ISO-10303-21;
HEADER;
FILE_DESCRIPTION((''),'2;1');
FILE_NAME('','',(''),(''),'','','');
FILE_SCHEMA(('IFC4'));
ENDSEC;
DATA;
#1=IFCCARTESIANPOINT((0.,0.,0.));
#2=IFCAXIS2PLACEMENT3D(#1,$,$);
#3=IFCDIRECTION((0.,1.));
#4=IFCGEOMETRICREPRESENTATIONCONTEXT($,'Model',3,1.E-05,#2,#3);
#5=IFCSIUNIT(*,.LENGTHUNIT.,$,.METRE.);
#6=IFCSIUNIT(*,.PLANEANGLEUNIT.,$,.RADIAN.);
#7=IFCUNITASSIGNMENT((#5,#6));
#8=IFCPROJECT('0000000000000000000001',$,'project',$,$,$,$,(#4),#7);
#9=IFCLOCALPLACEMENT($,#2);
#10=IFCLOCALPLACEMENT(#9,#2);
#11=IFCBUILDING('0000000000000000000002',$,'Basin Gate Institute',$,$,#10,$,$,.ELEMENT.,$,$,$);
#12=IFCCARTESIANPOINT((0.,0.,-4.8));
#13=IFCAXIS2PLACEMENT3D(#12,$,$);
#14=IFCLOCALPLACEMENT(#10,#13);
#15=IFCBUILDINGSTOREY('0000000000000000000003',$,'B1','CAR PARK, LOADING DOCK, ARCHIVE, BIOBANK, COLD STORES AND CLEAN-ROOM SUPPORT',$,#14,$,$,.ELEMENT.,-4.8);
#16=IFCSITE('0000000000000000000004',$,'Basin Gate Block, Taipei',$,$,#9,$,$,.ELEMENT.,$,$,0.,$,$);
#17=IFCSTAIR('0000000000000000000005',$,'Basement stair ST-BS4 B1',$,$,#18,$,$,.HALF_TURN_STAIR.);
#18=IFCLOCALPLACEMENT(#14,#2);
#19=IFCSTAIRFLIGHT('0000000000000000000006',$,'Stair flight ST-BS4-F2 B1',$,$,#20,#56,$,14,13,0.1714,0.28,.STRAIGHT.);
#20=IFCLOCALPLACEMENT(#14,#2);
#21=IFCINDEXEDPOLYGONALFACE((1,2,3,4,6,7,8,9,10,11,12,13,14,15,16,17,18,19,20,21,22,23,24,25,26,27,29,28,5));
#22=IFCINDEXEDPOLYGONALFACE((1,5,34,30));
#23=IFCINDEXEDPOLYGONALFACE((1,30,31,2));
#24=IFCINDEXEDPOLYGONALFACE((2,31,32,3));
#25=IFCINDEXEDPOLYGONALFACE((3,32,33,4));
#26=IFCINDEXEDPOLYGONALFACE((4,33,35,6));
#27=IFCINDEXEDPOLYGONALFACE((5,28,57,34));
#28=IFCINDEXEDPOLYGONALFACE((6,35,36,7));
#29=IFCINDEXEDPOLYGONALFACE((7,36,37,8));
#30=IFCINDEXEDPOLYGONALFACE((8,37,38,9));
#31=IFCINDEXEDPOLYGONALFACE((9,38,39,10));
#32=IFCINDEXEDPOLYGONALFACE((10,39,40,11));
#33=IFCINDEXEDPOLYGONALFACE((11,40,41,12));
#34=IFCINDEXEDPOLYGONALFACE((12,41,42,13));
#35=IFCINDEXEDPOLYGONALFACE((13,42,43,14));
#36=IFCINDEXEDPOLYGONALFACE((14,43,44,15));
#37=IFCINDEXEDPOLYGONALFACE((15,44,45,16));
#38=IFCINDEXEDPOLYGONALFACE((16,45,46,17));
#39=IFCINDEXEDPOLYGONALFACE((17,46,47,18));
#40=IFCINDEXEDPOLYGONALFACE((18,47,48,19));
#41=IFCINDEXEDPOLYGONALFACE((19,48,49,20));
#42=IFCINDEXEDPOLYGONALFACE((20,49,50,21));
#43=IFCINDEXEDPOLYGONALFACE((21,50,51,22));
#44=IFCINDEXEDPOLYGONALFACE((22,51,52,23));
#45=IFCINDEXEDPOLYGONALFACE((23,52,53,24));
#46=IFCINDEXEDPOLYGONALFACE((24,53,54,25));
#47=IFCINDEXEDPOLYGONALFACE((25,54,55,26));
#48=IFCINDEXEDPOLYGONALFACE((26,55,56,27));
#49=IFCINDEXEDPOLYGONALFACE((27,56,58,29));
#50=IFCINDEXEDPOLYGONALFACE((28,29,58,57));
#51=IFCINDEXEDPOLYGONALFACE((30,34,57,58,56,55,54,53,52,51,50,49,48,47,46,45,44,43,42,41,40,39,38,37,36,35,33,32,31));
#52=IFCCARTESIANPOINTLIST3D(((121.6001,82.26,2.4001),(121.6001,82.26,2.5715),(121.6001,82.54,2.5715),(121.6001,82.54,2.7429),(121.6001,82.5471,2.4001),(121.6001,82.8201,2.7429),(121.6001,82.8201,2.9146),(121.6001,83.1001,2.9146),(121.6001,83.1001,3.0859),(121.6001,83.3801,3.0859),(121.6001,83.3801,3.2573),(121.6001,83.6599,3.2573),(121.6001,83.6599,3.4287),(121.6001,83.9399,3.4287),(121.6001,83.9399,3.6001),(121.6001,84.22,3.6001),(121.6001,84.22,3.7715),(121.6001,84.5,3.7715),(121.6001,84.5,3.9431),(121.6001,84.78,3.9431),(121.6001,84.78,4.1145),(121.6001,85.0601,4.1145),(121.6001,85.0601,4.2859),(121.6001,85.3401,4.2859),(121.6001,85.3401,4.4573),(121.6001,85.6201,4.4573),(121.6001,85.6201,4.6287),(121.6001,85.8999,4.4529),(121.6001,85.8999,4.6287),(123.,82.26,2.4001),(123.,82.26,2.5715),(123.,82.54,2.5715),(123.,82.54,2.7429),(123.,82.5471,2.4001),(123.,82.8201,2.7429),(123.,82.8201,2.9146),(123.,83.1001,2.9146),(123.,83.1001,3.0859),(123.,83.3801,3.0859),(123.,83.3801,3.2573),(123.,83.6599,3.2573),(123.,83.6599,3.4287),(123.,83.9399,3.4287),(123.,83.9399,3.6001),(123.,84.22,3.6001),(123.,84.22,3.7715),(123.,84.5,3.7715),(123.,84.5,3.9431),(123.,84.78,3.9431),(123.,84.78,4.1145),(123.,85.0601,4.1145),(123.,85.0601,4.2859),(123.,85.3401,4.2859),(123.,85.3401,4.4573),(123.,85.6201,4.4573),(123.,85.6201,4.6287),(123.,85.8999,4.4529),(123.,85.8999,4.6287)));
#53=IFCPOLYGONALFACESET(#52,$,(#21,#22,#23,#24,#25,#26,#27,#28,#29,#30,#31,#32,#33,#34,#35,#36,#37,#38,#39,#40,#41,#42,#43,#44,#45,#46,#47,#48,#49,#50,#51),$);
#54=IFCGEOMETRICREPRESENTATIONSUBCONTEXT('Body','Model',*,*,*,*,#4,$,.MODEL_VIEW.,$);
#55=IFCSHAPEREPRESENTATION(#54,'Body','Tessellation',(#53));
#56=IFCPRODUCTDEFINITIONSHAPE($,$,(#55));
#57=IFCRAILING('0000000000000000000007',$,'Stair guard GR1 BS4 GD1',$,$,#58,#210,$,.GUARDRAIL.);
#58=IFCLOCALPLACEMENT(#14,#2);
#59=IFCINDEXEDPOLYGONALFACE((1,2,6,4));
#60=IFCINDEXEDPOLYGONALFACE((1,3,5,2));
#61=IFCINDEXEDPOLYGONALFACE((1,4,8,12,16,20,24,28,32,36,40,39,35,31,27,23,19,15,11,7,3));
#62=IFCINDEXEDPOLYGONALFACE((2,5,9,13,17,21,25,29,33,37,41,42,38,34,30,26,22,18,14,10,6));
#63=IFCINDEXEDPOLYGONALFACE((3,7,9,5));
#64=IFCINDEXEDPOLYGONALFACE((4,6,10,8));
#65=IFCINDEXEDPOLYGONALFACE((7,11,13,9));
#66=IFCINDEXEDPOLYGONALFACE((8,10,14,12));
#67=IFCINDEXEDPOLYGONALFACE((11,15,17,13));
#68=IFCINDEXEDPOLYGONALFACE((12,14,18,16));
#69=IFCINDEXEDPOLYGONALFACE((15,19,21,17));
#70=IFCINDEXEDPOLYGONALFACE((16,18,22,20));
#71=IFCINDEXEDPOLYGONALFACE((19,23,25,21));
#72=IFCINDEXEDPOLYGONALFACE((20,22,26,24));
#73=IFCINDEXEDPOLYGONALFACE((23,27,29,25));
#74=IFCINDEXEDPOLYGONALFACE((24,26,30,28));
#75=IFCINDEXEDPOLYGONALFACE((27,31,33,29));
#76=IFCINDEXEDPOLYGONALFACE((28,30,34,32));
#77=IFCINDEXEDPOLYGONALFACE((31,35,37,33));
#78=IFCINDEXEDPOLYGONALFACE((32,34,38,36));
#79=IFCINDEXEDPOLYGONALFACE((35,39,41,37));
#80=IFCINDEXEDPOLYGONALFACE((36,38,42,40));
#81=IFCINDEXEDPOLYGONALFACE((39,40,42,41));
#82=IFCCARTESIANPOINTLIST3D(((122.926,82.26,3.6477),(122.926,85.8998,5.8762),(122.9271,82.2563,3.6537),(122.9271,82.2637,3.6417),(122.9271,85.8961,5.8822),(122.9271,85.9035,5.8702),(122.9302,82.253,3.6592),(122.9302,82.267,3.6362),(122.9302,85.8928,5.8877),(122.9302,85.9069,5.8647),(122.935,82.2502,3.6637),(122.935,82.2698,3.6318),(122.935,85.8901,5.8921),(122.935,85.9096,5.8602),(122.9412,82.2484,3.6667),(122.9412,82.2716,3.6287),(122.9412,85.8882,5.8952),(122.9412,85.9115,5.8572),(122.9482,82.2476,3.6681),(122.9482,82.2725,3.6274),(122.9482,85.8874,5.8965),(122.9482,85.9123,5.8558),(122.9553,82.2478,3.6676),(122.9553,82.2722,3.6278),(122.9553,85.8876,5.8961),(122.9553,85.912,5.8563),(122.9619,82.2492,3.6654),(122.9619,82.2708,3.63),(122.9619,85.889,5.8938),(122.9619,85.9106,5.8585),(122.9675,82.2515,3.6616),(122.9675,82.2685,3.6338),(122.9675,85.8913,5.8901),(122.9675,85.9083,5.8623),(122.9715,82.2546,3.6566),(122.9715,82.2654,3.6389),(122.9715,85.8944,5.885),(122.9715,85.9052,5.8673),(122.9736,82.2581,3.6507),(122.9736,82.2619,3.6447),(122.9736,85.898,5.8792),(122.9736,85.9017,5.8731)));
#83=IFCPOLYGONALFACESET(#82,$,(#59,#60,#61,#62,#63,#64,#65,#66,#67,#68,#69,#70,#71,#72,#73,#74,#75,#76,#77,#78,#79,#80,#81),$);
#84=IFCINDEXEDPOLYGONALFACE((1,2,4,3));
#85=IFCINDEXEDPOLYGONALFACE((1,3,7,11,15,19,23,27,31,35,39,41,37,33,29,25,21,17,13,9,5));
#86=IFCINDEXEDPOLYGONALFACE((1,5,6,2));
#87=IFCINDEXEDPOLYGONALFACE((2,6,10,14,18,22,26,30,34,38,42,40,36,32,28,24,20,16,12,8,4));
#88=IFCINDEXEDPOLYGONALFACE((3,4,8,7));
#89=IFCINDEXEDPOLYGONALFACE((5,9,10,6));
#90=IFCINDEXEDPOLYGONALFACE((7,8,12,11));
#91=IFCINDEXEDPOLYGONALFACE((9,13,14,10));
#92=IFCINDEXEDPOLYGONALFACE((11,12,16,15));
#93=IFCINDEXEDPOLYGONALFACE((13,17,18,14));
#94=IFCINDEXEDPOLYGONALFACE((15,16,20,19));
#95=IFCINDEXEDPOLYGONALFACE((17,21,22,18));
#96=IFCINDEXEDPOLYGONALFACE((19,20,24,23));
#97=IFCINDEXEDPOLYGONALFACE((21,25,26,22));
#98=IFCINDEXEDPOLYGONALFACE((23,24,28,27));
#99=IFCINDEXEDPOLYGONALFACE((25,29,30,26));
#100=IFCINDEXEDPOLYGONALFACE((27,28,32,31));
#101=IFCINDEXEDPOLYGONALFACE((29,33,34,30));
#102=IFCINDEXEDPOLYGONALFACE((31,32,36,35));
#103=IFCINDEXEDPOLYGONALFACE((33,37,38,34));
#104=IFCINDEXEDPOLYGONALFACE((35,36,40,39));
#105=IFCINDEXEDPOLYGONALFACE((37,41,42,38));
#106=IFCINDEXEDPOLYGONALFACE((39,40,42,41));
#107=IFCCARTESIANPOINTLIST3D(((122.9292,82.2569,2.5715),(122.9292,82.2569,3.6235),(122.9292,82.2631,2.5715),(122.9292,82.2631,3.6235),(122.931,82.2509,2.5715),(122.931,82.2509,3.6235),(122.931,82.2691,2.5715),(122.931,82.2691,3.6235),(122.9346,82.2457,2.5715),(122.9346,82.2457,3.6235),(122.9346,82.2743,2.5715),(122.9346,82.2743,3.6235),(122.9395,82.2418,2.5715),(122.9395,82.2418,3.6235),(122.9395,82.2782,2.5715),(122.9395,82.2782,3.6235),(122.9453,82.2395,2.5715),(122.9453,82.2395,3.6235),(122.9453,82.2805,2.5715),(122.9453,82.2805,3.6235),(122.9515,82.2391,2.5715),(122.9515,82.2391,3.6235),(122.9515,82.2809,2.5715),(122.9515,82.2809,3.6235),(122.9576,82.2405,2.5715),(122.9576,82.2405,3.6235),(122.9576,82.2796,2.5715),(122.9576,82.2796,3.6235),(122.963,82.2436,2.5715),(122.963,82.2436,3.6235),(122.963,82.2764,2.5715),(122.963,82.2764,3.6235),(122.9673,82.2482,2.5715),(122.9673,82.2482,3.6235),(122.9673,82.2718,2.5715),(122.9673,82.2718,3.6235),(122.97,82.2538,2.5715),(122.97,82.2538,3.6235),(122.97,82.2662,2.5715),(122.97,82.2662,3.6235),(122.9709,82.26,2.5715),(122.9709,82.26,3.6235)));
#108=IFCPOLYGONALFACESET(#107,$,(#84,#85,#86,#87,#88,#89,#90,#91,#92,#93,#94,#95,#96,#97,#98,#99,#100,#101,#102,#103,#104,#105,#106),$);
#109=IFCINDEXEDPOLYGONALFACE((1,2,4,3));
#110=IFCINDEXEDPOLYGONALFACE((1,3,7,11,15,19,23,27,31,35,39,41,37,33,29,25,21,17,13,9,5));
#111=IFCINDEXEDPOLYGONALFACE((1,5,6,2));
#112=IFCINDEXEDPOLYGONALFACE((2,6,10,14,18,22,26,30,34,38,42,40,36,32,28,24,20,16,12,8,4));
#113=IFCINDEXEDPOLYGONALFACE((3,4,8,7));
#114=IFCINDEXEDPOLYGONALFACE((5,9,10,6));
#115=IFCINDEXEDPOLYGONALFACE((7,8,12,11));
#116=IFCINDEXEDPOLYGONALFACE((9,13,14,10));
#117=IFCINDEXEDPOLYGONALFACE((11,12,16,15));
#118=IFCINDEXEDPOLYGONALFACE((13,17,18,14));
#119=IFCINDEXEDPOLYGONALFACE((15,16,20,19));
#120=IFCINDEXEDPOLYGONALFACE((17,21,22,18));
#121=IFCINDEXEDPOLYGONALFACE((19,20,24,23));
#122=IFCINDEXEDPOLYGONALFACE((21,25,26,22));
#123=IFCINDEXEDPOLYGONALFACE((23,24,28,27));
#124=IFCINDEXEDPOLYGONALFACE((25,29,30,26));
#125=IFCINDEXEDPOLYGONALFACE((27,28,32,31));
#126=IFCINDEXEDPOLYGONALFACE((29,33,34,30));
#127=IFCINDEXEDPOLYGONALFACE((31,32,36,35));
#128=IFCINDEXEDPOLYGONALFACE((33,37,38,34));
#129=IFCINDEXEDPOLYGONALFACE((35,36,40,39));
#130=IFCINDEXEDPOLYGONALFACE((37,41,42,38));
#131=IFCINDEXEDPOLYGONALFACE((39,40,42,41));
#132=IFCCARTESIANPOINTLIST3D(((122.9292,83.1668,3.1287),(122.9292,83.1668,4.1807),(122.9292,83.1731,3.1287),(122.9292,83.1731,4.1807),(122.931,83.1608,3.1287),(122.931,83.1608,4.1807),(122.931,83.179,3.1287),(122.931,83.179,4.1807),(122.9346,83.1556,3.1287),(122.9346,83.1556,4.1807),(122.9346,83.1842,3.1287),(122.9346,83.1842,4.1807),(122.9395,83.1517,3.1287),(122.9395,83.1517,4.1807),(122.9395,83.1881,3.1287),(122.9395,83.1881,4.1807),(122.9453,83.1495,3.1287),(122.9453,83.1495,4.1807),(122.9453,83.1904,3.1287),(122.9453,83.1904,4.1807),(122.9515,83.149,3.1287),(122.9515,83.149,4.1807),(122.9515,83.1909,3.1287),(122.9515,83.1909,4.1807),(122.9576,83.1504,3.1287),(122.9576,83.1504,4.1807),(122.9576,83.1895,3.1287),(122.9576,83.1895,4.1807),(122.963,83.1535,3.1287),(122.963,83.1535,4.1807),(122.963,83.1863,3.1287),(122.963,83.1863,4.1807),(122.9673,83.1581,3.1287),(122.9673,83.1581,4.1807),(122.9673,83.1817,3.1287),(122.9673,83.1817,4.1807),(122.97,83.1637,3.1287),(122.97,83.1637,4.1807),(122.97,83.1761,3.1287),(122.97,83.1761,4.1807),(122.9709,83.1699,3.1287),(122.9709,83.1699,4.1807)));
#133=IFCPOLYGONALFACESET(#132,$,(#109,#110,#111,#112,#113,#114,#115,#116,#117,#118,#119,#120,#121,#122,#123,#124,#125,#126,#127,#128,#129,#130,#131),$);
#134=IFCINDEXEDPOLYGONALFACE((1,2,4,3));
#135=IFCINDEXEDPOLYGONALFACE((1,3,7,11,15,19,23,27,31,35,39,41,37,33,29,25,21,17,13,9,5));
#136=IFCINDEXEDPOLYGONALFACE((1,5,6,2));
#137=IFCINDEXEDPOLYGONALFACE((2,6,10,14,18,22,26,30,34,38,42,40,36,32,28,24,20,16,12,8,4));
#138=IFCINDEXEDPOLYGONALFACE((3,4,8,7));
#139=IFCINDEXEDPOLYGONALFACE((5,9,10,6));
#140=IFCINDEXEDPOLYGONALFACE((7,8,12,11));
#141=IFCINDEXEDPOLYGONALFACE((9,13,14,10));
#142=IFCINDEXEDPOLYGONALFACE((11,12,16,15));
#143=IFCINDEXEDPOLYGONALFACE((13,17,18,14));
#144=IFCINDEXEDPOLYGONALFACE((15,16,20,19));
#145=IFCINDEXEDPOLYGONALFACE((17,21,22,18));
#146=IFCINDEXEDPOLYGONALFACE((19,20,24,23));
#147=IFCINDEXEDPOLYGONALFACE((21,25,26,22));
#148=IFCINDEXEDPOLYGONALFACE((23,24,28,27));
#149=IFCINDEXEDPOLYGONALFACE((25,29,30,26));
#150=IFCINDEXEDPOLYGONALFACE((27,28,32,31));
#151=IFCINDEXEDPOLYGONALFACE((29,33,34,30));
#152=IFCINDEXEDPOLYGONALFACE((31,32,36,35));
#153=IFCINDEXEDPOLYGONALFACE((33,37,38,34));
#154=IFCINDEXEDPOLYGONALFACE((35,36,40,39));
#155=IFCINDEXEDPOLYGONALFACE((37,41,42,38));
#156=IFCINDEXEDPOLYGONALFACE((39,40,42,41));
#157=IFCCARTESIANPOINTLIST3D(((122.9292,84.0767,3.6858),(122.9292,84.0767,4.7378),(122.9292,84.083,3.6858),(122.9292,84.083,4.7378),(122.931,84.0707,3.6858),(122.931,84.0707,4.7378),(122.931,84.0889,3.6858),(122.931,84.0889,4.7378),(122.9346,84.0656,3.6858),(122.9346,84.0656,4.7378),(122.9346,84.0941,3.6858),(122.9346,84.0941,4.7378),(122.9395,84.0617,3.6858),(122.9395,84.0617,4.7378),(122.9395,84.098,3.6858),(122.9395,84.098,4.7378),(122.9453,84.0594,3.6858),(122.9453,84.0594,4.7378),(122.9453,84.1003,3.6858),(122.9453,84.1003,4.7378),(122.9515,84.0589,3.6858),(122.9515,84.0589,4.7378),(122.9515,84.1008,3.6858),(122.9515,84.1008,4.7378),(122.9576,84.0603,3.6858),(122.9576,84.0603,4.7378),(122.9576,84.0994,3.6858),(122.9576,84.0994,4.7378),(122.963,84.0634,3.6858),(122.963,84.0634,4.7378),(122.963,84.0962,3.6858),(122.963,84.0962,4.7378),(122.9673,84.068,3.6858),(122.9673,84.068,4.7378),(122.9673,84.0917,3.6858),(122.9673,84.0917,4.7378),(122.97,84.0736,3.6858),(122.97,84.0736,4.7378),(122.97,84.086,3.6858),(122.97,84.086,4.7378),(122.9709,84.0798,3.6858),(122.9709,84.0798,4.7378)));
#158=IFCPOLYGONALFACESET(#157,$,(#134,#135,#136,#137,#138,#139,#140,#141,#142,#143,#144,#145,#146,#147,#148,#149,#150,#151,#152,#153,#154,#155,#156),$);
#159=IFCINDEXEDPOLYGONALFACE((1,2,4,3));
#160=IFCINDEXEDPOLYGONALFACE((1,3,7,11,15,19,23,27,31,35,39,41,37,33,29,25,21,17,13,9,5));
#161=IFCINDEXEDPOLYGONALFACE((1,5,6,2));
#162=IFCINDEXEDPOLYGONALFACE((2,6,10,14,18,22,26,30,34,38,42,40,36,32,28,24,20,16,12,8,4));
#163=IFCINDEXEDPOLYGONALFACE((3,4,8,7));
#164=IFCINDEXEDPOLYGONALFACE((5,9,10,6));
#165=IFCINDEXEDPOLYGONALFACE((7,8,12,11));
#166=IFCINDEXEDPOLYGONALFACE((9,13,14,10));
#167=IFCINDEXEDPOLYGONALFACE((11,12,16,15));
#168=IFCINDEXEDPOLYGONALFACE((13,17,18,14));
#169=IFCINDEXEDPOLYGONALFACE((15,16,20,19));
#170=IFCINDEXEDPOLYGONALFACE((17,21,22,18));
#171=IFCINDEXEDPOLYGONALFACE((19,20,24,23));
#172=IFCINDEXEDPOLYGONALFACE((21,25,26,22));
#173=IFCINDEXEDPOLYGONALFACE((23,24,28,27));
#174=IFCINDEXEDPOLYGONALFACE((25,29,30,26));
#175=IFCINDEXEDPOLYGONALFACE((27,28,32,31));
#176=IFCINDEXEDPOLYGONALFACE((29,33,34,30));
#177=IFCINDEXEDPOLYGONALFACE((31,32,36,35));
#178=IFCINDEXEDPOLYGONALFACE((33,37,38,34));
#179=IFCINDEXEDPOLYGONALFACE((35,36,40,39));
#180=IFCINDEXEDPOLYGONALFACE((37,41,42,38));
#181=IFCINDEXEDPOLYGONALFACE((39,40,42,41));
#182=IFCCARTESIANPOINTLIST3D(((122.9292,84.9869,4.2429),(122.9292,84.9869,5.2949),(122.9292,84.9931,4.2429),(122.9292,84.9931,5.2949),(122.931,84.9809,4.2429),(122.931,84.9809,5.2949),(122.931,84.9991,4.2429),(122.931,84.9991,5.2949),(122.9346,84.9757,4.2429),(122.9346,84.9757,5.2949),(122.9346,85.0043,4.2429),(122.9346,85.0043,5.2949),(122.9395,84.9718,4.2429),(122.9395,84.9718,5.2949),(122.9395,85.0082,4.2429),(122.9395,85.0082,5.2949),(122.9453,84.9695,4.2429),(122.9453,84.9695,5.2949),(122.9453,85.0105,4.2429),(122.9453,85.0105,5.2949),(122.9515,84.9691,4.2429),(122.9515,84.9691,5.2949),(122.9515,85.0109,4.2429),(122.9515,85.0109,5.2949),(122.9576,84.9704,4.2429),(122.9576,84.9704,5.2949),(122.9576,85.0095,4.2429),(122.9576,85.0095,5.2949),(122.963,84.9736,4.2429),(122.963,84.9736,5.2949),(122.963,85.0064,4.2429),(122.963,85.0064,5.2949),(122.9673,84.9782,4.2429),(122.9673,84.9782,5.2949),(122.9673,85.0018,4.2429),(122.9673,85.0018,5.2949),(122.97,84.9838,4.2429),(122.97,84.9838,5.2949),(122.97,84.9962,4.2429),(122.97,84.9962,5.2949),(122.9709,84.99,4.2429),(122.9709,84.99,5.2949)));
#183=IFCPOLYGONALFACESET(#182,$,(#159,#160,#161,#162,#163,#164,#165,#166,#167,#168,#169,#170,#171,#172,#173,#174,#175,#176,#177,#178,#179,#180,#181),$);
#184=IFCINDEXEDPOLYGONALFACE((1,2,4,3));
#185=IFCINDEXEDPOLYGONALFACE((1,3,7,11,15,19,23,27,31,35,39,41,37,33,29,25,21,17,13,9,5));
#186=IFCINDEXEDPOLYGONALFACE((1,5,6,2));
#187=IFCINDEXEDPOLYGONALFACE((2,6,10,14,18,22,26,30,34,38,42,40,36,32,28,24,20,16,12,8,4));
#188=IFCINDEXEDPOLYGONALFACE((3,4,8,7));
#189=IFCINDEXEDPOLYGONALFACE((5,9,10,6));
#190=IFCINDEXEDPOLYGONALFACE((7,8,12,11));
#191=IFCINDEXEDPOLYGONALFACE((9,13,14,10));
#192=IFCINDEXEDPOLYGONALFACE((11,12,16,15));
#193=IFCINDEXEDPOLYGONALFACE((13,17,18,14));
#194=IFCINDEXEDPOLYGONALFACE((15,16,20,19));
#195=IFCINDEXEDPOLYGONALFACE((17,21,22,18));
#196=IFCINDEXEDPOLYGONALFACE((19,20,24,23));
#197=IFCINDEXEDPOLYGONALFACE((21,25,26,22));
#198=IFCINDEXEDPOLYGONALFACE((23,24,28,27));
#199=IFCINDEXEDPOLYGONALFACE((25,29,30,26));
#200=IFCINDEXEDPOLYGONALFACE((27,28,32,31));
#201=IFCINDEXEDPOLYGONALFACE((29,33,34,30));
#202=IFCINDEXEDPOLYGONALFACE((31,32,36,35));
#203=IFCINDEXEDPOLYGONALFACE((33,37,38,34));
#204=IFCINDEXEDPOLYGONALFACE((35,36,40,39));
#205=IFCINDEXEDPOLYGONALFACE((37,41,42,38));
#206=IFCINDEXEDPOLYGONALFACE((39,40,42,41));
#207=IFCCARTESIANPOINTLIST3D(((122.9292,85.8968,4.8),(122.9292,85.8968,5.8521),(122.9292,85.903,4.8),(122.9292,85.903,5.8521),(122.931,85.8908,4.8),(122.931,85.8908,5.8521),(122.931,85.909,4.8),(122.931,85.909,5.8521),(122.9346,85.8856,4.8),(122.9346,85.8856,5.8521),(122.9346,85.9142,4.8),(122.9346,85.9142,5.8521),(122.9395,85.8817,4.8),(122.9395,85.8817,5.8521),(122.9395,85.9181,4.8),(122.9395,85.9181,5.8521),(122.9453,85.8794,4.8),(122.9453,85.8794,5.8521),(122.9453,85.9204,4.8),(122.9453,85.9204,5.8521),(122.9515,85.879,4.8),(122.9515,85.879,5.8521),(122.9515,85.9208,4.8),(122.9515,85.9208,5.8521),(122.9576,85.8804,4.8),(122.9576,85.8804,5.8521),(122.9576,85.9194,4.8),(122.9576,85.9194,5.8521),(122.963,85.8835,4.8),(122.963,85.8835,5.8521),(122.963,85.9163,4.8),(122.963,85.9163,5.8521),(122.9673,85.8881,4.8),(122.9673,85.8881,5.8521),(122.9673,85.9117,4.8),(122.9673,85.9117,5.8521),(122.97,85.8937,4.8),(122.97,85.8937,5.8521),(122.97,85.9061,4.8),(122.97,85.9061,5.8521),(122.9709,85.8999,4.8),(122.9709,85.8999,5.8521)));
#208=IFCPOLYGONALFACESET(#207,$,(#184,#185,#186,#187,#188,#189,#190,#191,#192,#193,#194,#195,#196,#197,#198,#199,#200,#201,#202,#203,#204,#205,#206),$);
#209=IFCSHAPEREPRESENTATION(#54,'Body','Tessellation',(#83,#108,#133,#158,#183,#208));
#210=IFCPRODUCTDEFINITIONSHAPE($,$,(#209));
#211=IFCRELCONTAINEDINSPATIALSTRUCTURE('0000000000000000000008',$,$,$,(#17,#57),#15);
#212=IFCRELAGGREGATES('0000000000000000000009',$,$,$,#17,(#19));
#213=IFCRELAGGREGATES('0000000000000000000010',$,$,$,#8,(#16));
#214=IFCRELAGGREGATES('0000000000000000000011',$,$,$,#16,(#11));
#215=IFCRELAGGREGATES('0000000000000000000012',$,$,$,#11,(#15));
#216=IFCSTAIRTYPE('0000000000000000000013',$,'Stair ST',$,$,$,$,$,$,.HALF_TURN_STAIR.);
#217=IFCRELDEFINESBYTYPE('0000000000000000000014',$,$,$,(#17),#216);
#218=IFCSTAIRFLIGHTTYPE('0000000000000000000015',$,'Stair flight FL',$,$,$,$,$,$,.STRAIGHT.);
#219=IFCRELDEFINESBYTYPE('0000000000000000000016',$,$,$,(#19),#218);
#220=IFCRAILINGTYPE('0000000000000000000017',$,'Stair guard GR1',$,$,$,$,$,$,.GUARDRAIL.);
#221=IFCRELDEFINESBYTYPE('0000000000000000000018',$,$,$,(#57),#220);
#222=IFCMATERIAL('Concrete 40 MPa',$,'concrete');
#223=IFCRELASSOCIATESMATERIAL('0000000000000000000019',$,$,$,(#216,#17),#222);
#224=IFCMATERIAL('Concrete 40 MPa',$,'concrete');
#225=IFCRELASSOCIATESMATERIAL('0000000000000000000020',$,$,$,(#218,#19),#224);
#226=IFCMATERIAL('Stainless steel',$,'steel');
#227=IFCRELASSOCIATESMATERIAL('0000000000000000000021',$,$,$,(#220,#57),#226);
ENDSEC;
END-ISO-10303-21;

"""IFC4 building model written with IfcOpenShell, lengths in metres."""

from ifc_helpers import new_model, si_unit, direction, frame, origin, origin_2d, place, context, subcontext, project, spatial, polyline, circle, outline, extrude, material, type_object, element, aggregate, save


model = new_model("IFC4")

# Units and contexts
model_context = context("Model", 3, precision=1e-05, world=origin(), true_north=direction((0.0, 1.0)))
body_context = subcontext(model_context, "Body", "Model", "MODEL_VIEW")
ifc_project = project(units=[si_unit("LENGTHUNIT", "METRE"), si_unit("PLANEANGLEUNIT", "RADIAN")], contexts=[model_context])

# Site, building, storey
site_placement = place(None, origin())
site = spatial("IfcSite", under=ifc_project, at=site_placement, Name="Basin Gate Block, Taipei", CompositionType="ELEMENT", RefElevation=0.0)
building_placement = place(site_placement, origin())
building = spatial("IfcBuilding", under=site, at=building_placement, Name="Basin Gate Institute", CompositionType="ELEMENT")
storey_placement = place(building_placement, frame((0.0, 0.0, -4.8)))
storey = spatial("IfcBuildingStorey", under=building, at=storey_placement, Name="B1", Description="CAR PARK, LOADING DOCK, ARCHIVE, BIOBANK, COLD STORES AND CLEAN-ROOM SUPPORT", CompositionType="ELEMENT", Elevation=-4.8)

# Stair, stair flight
ifc_material_1 = material(Name="Concrete 40 MPa", Category="concrete")
stair_type = type_object("IfcStairType", Name="Stair ST", PredefinedType="HALF_TURN_STAIR", material=ifc_material_1)
stair_placement = place(storey_placement, origin())
stair = element("IfcStair", 1, at=stair_placement, inside=storey, type_object=stair_type, material=ifc_material_1, Name="Basement stair ST-BS4 B1", PredefinedType="HALF_TURN_STAIR")
ifc_material_2 = material(Name="Concrete 40 MPa", Category="concrete")
stair_flight_type = type_object("IfcStairFlightType", Name="Stair flight FL", PredefinedType="STRAIGHT", material=ifc_material_2)
stair_flight_placement = place(storey_placement, frame((122.3, 82.26, 2.4001), z_axis=(0.0, 0.0, 1.0), x_axis=(0.0, 1.0, 0.0)))
stair_flight = element("IfcStairFlight", 2, at=stair_flight_placement, type_object=stair_flight_type, material=ifc_material_2, Name="Stair flight ST-BS4-F2 B1", NumberOfRisers=14, NumberOfTreads=13, PredefinedType="STRAIGHT", RiserHeight=0.1714, TreadLength=0.28, context=body_context, shape_type="SweptSolid", body=[
    extrude(outline(polyline([(0.0, 0.0), (0.0, 0.1714), (0.28, 0.1714), (0.28, 0.3428), (0.5601, 0.3428), (0.5601, 0.5144), (0.8401, 0.5144), (0.8401, 0.6858), (1.1201, 0.6858), (1.1201, 0.8572), (1.3999, 0.8572), (1.3999, 1.0286), (1.6799, 1.0286), (1.6799, 1.2), (1.96, 1.2), (1.96, 1.3713), (2.24, 1.3713), (2.24, 1.543), (2.52, 1.543), (2.52, 1.7144), (2.8, 1.7144), (2.8, 1.8857), (3.0801, 1.8857), (3.0801, 2.0571), (3.3601, 2.0571), (3.3601, 2.2285), (3.6399, 2.2285), (3.6399, 2.3999), (3.6399, 2.0527), (0.2871, 0.0), (0.0, 0.0)])), frame((0.0, 0.7, 0.0), z_axis=(0.0, -1.0, 0.0), x_axis=(1.0, 0.0, 0.0)), (0.0, 0.0, 1.0), 1.3999),
])
aggregate(stair, [stair_flight])

# Railing
ifc_material_3 = material(Name="Stainless steel", Category="steel")
railing_type_1 = type_object("IfcRailingType", Name="Stair guard GR1", PredefinedType="GUARDRAIL", material=ifc_material_3)
railing_1_placement = place(storey_placement, frame((122.95, 82.26, 2.5715)))
element("IfcRailing", 3, at=railing_1_placement, inside=storey, type_object=railing_type_1, material=ifc_material_3, Name="Stair guard GR1 BS4 GD1", PredefinedType="GUARDRAIL", context=body_context, shape_type="SweptSolid", body=[
    extrude(circle(Radius=0.0239, at=origin_2d()), frame((0.0, 0.0, 1.0762), z_axis=(0.0, 0.85285, 0.522156), x_axis=(-1.0, 0.0, 0.0)), (0.0, 0.0, 1.0), 4.2678),
    extrude(circle(Radius=0.021, at=origin_2d()), origin(), (0.0, 0.0, 1.0), 1.052),
    extrude(circle(Radius=0.021, at=origin_2d()), frame((0.0, 0.9099, 0.5571)), (0.0, 0.0, 1.0), 1.052),
    extrude(circle(Radius=0.021, at=origin_2d()), frame((0.0, 1.8198, 1.1143)), (0.0, 0.0, 1.0), 1.052),
    extrude(circle(Radius=0.021, at=origin_2d()), frame((0.0, 2.73, 1.6714)), (0.0, 0.0, 1.0), 1.052),
    extrude(circle(Radius=0.021, at=origin_2d()), frame((0.0, 3.6399, 2.2285)), (0.0, 0.0, 1.0), 1.052),
])

save(model, "model.ifc")
